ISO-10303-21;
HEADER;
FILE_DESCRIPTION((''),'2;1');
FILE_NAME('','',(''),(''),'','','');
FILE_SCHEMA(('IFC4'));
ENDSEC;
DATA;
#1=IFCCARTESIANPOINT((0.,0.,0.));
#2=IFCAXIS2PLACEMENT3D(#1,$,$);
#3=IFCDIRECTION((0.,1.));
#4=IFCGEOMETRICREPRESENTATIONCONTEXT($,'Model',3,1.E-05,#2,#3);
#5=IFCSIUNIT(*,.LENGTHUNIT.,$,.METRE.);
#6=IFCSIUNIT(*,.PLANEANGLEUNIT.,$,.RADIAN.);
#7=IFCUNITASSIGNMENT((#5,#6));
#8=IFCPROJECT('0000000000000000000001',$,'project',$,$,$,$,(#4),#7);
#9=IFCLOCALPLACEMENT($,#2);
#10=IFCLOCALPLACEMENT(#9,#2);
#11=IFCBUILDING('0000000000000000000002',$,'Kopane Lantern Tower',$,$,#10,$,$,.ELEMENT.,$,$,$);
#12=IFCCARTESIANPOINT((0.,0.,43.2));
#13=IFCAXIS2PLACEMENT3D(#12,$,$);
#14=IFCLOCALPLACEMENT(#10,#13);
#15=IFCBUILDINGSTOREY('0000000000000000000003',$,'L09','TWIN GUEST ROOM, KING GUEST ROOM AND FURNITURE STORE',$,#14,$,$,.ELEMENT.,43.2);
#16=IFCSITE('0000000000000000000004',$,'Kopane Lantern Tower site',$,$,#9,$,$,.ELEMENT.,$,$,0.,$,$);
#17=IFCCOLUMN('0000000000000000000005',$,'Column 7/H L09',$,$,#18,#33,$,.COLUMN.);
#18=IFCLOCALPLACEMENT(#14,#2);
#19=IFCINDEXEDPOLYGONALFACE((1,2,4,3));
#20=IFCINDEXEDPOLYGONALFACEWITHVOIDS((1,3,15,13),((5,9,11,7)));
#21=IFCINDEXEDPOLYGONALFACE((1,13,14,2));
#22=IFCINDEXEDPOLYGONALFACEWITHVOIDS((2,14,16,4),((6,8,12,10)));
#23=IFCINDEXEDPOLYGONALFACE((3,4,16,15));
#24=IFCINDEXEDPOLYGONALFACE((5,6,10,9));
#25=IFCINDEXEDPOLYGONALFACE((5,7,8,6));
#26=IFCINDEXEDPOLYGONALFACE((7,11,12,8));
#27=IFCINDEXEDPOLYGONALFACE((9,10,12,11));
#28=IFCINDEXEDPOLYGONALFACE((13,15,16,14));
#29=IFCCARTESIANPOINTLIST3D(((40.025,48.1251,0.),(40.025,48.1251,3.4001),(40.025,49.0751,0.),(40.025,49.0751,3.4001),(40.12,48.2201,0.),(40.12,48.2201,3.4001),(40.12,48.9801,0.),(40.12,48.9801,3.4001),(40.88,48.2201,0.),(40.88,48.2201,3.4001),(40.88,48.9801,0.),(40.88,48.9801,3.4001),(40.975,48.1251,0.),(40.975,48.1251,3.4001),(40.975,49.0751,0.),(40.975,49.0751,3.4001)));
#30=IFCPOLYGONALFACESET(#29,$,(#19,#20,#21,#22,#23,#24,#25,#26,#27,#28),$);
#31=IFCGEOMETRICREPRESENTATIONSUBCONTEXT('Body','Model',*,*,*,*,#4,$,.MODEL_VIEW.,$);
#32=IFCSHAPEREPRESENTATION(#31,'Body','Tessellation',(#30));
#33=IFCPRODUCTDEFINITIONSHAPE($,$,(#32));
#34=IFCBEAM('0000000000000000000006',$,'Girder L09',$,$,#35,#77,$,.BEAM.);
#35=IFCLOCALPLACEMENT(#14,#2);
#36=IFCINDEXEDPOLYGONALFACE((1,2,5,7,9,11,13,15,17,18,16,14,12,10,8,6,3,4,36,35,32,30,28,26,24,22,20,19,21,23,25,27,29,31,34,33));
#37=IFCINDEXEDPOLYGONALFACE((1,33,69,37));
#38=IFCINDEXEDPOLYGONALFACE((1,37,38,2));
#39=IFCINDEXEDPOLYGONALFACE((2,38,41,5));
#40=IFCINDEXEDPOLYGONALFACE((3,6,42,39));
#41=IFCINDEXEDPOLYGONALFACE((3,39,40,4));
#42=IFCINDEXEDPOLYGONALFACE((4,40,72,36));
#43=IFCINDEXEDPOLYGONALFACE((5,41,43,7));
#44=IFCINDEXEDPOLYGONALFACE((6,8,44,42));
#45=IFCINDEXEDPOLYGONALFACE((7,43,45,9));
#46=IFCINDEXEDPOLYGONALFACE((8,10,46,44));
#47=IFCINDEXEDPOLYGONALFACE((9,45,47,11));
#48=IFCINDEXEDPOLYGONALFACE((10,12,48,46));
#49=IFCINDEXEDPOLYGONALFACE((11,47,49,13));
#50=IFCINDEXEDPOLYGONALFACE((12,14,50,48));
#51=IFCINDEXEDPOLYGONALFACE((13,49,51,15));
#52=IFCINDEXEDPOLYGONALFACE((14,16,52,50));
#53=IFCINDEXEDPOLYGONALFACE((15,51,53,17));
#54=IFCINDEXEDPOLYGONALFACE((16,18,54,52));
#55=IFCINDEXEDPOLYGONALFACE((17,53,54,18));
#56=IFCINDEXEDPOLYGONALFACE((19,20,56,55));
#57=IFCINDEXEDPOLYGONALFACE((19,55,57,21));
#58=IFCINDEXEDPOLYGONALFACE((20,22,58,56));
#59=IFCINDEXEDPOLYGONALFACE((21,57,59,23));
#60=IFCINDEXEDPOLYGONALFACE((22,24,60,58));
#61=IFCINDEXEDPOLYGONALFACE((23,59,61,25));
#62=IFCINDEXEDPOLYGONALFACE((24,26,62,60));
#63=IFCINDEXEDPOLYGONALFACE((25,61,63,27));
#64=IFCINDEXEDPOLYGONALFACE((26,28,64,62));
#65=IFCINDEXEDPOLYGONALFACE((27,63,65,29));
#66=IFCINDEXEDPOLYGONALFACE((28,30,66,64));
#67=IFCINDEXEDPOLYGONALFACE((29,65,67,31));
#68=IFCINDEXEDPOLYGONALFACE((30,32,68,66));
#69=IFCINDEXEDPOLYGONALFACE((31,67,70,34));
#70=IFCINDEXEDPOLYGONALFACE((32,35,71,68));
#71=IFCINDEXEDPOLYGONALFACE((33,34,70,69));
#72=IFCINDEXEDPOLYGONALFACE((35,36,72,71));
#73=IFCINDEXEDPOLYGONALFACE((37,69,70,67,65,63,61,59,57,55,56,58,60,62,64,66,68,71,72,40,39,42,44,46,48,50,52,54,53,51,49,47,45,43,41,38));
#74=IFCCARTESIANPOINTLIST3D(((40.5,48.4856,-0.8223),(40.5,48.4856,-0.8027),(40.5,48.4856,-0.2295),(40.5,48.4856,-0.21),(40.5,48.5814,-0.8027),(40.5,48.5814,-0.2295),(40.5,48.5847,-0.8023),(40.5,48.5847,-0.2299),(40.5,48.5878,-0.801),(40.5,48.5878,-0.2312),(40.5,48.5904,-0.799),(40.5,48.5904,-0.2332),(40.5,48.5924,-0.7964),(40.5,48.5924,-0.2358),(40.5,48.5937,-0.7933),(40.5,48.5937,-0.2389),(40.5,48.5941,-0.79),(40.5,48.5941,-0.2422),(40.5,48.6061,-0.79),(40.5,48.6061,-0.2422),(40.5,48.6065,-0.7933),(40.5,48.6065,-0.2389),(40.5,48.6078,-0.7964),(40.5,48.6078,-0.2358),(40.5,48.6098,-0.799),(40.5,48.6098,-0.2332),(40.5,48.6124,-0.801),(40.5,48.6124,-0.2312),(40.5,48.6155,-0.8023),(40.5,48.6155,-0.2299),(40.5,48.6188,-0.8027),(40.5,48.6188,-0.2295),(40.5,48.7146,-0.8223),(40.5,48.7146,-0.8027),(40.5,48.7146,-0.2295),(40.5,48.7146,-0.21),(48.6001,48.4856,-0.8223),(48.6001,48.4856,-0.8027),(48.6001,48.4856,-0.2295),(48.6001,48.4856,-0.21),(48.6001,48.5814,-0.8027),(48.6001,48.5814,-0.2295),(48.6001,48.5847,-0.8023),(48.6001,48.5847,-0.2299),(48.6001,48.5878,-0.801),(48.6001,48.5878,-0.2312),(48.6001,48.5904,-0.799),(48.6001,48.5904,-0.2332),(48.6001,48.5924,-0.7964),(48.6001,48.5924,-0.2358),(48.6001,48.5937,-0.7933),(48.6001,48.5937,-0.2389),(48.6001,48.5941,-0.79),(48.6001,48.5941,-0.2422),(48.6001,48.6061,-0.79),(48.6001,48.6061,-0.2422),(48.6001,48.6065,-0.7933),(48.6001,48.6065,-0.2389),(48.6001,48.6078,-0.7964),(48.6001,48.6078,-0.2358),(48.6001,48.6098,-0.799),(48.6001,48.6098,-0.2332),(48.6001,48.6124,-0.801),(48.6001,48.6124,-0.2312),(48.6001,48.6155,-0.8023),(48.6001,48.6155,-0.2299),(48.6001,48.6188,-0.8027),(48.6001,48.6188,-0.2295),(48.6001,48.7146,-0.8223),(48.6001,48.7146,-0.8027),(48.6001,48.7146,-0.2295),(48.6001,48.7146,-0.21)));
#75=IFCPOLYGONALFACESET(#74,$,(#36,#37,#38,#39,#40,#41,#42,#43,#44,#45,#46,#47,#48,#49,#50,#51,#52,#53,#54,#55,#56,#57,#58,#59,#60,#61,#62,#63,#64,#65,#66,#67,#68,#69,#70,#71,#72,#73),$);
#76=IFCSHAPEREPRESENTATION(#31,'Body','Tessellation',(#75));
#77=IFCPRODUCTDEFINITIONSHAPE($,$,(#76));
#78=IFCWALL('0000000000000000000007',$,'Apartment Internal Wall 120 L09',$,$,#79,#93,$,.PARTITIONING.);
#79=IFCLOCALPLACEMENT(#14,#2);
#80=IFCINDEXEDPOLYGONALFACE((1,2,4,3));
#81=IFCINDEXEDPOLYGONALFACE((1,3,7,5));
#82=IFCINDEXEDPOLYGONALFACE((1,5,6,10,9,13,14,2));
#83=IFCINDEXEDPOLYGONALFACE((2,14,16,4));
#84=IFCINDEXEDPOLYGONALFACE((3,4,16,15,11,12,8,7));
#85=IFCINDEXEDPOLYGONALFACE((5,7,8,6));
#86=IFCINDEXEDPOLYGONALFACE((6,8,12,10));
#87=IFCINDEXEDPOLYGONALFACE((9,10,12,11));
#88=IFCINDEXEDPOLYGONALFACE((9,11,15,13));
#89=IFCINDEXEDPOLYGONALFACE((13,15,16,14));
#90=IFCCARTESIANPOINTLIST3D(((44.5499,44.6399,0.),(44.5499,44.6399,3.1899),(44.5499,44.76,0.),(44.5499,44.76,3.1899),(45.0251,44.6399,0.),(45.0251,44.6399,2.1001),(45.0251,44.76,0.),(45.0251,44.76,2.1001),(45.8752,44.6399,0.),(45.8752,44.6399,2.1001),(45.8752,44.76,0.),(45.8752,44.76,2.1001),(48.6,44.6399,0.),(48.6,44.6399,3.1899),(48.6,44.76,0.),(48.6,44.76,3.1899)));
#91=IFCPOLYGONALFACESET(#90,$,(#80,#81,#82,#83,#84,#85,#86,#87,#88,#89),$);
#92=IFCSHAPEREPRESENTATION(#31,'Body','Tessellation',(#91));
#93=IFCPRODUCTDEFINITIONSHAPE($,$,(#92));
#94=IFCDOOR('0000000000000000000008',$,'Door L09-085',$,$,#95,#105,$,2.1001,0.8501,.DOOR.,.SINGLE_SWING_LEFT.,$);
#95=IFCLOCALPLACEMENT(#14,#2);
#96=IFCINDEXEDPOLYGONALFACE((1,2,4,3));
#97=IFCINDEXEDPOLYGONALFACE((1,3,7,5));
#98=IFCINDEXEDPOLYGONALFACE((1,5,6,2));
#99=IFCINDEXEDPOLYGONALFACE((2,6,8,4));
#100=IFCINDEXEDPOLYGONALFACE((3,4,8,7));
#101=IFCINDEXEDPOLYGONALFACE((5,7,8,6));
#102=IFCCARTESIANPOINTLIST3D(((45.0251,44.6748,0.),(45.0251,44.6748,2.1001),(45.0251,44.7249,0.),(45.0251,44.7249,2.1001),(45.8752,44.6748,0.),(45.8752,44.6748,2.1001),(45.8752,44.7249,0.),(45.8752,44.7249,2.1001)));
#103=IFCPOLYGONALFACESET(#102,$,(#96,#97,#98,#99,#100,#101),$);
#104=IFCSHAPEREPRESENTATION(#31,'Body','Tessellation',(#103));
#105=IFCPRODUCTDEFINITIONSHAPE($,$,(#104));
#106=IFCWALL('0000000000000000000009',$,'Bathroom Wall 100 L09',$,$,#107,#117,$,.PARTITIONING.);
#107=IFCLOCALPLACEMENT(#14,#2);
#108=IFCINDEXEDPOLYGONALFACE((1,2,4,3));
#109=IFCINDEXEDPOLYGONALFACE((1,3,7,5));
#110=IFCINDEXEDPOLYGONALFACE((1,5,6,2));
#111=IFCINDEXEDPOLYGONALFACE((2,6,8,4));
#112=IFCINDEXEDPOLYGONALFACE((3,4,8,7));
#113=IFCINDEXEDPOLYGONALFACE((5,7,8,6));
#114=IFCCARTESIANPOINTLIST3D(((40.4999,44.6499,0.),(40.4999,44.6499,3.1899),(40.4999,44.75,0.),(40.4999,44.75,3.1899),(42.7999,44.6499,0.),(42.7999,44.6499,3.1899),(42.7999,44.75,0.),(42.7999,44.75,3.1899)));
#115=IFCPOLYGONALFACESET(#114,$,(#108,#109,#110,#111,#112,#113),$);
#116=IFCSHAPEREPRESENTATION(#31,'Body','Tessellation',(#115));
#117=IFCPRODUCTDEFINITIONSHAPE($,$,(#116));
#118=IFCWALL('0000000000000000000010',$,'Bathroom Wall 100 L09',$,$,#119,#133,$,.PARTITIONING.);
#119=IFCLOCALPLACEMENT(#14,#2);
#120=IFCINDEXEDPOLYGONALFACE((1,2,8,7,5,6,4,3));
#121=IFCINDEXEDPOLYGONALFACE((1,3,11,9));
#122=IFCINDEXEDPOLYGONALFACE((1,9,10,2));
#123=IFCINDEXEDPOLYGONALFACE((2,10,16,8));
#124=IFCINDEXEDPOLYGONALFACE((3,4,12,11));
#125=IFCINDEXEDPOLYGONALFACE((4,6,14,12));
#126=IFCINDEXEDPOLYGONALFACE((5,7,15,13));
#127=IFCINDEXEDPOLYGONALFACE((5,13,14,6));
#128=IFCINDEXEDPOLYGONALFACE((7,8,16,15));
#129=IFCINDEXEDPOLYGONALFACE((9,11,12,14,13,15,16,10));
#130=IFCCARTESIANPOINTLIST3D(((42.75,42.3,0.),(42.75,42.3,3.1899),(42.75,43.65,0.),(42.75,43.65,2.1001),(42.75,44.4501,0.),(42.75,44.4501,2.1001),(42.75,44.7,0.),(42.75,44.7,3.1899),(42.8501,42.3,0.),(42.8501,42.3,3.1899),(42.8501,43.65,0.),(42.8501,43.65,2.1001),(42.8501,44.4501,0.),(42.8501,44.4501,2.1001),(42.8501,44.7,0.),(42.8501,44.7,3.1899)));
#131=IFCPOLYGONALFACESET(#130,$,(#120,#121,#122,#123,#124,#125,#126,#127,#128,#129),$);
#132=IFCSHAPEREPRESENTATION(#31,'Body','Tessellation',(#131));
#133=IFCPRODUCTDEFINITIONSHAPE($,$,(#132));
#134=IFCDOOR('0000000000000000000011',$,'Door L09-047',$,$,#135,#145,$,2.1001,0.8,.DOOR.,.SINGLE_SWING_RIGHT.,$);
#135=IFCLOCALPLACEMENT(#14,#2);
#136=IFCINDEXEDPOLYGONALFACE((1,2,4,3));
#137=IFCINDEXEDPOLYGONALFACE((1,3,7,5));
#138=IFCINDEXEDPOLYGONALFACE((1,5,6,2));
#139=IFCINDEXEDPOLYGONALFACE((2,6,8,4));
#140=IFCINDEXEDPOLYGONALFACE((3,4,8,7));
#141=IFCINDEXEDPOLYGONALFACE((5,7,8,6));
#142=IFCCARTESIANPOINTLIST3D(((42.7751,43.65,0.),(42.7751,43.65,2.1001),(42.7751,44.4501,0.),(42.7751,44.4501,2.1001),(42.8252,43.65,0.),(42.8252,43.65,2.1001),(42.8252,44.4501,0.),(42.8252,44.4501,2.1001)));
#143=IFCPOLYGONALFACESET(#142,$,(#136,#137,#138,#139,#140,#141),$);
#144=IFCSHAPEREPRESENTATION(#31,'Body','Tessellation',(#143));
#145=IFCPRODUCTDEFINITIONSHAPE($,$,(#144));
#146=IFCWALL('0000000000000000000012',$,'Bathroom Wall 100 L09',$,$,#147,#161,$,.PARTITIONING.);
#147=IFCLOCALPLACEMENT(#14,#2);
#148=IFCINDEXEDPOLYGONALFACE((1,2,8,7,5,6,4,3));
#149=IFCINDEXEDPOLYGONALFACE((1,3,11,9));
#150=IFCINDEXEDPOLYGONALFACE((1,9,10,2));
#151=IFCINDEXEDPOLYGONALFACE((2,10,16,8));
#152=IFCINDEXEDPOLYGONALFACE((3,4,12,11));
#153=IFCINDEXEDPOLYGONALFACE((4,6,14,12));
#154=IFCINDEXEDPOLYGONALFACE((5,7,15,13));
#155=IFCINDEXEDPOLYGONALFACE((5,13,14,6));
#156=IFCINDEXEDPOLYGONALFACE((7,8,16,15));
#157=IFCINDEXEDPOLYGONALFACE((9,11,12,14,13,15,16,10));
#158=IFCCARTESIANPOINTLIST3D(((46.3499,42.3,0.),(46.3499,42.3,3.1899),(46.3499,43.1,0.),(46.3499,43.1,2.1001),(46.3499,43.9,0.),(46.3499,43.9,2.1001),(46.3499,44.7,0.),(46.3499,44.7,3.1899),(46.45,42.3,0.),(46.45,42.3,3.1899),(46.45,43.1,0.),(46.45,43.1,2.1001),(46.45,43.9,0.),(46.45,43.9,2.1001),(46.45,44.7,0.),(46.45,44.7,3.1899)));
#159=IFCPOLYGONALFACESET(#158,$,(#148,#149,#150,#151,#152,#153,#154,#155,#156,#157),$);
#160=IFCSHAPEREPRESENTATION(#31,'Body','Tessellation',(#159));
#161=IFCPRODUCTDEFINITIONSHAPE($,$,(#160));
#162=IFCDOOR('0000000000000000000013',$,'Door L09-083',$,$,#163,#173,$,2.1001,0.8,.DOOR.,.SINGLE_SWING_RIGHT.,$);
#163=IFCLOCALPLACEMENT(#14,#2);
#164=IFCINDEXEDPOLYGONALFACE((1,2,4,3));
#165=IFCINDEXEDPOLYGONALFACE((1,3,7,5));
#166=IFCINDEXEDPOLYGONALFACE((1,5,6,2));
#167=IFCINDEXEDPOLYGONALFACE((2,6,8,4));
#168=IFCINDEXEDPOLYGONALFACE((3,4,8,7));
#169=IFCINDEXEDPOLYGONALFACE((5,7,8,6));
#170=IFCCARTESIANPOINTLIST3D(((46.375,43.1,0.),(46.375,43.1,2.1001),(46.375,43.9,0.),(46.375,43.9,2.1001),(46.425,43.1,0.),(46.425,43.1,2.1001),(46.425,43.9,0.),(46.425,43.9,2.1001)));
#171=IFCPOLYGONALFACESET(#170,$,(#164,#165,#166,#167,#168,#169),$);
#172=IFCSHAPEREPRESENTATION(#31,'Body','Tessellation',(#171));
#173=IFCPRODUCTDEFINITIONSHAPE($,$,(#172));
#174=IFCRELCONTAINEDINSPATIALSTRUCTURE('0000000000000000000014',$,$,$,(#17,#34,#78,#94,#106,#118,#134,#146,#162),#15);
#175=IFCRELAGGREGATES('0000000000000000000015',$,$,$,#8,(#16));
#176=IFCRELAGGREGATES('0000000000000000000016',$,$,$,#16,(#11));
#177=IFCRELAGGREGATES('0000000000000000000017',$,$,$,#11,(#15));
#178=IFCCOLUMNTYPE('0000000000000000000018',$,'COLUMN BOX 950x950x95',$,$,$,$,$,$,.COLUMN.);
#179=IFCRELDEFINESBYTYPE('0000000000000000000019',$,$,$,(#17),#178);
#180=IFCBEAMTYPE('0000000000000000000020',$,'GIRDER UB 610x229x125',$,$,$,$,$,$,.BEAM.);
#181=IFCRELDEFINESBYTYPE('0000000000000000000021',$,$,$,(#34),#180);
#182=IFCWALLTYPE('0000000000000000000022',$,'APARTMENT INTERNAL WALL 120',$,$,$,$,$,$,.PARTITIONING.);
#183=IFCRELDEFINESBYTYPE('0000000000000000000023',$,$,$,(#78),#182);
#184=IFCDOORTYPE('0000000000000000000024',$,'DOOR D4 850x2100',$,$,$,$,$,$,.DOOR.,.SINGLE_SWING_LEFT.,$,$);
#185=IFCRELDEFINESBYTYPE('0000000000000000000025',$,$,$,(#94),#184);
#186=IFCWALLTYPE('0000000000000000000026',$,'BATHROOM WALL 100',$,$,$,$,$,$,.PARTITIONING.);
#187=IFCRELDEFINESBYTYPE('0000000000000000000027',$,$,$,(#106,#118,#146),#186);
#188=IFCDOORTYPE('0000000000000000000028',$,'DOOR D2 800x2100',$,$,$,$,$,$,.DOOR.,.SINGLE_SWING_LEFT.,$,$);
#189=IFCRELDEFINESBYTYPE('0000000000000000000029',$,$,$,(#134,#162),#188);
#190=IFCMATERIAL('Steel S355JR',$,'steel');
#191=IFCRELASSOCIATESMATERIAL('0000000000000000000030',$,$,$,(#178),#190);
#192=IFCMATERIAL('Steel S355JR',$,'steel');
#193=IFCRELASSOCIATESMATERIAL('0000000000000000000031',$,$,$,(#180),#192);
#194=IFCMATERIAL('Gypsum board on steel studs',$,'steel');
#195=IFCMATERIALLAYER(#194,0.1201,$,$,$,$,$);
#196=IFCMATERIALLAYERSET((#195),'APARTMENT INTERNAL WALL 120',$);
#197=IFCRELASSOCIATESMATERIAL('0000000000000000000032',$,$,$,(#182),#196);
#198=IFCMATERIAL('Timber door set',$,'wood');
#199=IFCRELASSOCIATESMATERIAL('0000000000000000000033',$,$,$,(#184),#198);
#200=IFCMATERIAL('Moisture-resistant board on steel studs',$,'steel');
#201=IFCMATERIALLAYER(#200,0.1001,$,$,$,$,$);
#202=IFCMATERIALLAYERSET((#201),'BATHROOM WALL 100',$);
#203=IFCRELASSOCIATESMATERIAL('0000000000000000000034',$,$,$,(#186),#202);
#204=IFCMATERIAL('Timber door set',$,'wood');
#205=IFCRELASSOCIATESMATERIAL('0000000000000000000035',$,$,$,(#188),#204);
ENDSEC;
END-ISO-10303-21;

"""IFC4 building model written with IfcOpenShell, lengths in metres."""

from ifc_helpers import new_model, si_unit, direction, frame, frame_2d, origin, origin_2d, place, context, subcontext, project, spatial, rectangle, hollow_rectangle, i_section, extrude, material, layer, layer_set, material_profile, profile_set, type_object, element, fill, save


model = new_model("IFC4")

# Units and contexts
model_context = context("Model", 3, precision=1e-05, world=origin(), true_north=direction((0.0, 1.0)))
body_context = subcontext(model_context, "Body", "Model", "MODEL_VIEW")
ifc_project = project(units=[si_unit("LENGTHUNIT", "METRE"), si_unit("PLANEANGLEUNIT", "RADIAN")], contexts=[model_context])

# Site, building, storey
site_placement = place(None, origin())
site = spatial("IfcSite", under=ifc_project, at=site_placement, Name="Kopane Lantern Tower site", CompositionType="ELEMENT", RefElevation=0.0)
building_placement = place(site_placement, origin())
building = spatial("IfcBuilding", under=site, at=building_placement, Name="Kopane Lantern Tower", CompositionType="ELEMENT")
storey_placement = place(building_placement, frame((0.0, 0.0, 43.2)))
storey = spatial("IfcBuildingStorey", under=building, at=storey_placement, Name="L09", Description="TWIN GUEST ROOM, KING GUEST ROOM AND FURNITURE STORE", CompositionType="ELEMENT", Elevation=43.2)

# Column
ifc_material_1 = material(Name="Steel S355JR", Category="steel")
ifc_material_profile_1 = material_profile(ifc_material_1, hollow_rectangle(XDim=0.95, YDim=0.95, WallThickness=0.095, at=origin_2d()), Name="BOX 950x950x95")
ifc_profile_set_1 = profile_set([ifc_material_profile_1], Name="Steel S355JR")
column_type = type_object("IfcColumnType", Name="COLUMN BOX 950x950x95", PredefinedType="COLUMN", material=ifc_profile_set_1)
column_placement = place(storey_placement, frame((40.5, 48.6001, 0.0), z_axis=(0.0, 0.0, 1.0), x_axis=(1.0, 0.0, 0.0)))
element("IfcColumn", 1, at=column_placement, inside=storey, type_object=column_type, Name="Column 7/H L09", PredefinedType="COLUMN", context=body_context, shape_type="SweptSolid", body=[
    extrude(hollow_rectangle(XDim=0.95, YDim=0.95, WallThickness=0.095, at=origin_2d()), origin(), (0.0, 0.0, 1.0), 3.4001),
])

# Beam
ifc_material_2 = material(Name="Steel S355JR", Category="steel")
ifc_material_profile_2 = material_profile(ifc_material_2, i_section(OverallWidth=0.229, OverallDepth=0.6123, WebThickness=0.012, FlangeThickness=0.0195, FilletRadius=0.0127, at=origin_2d()), Name="UB 610x229x125")
ifc_profile_set_2 = profile_set([ifc_material_profile_2], Name="Steel S355JR")
beam_type = type_object("IfcBeamType", Name="GIRDER UB 610x229x125", PredefinedType="BEAM", material=ifc_profile_set_2)
beam_placement = place(storey_placement, frame((40.5, 48.6001, -0.5161), z_axis=(1.0, 0.0, 0.0), x_axis=(0.0, 1.0, 0.0)))
element("IfcBeam", 2, at=beam_placement, inside=storey, type_object=beam_type, Name="Girder L09", PredefinedType="BEAM", context=body_context, shape_type="SweptSolid", body=[
    extrude(i_section(OverallWidth=0.229, OverallDepth=0.6123, WebThickness=0.012, FlangeThickness=0.0195, FilletRadius=0.0127, at=origin_2d()), origin(), (0.0, 0.0, 1.0), 8.1001),
])

# Wall, opening, door
ifc_material_3 = material(Name="Gypsum board on steel studs", Category="steel")
ifc_layer_1 = layer(ifc_material_3, 0.1201)
ifc_layer_set_1 = layer_set([ifc_layer_1], Name="APARTMENT INTERNAL WALL 120")
wall_type_1 = type_object("IfcWallType", Name="APARTMENT INTERNAL WALL 120", PredefinedType="PARTITIONING", material=ifc_layer_set_1)
wall_1_placement = place(storey_placement, frame((44.55, 44.7, 0.0), z_axis=(0.0, 0.0, 1.0), x_axis=(1.0, 0.0, 0.0)))
wall_1 = element("IfcWall", 3, at=wall_1_placement, inside=storey, type_object=wall_type_1, Name="Apartment Internal Wall 120 L09", PredefinedType="PARTITIONING", context=body_context, shape_type="SweptSolid", body=[
    extrude(rectangle(XDim=4.05, YDim=0.1201, at=frame_2d((2.0249, 0.0))), origin(), (0.0, 0.0, 1.0), 3.1899),
])
opening_1_placement = place(wall_1_placement, frame((0.4751, 0.0, 0.0)))
opening_1 = element("IfcOpeningElement", 4, at=opening_1_placement, cuts=wall_1, PredefinedType="OPENING", context=body_context, shape_type="SweptSolid", body=[
    extrude(rectangle(XDim=0.8501, YDim=2.1001, at=frame_2d((0.425, 1.05))), frame((0.0, 0.0701, 0.0), z_axis=(0.0, -1.0, 0.0), x_axis=(1.0, 0.0, 0.0)), (0.0, 0.0, 1.0), 0.1401),
])
ifc_material_4 = material(Name="Timber door set", Category="wood")
door_type_1 = type_object("IfcDoorType", Name="DOOR D4 850x2100", OperationType="SINGLE_SWING_LEFT", PredefinedType="DOOR", material=ifc_material_4)
door_1_placement = place(opening_1_placement, origin())
door_1 = element("IfcDoor", 5, at=door_1_placement, inside=storey, type_object=door_type_1, Name="Door L09-085", OperationType="SINGLE_SWING_LEFT", OverallHeight=2.1001, OverallWidth=0.8501, PredefinedType="DOOR", context=body_context, shape_type="SweptSolid", body=[
    extrude(rectangle(XDim=0.8501, YDim=2.1001, at=frame_2d((0.425, 1.05))), frame((0.0, 0.0249, 0.0), z_axis=(0.0, -1.0, 0.0), x_axis=(1.0, 0.0, 0.0)), (0.0, 0.0, 1.0), 0.05),
])
fill(opening_1, door_1)

# Wall
ifc_material_5 = material(Name="Moisture-resistant board on steel studs", Category="steel")
ifc_layer_2 = layer(ifc_material_5, 0.1001)
ifc_layer_set_2 = layer_set([ifc_layer_2], Name="BATHROOM WALL 100")
wall_type_2 = type_object("IfcWallType", Name="BATHROOM WALL 100", PredefinedType="PARTITIONING", material=ifc_layer_set_2)
wall_2_placement = place(storey_placement, frame((40.5, 44.7, 0.0), z_axis=(0.0, 0.0, 1.0), x_axis=(1.0, 0.0, 0.0)))
element("IfcWall", 6, at=wall_2_placement, inside=storey, type_object=wall_type_2, Name="Bathroom Wall 100 L09", PredefinedType="PARTITIONING", context=body_context, shape_type="SweptSolid", body=[
    extrude(rectangle(XDim=2.3, YDim=0.1001, at=frame_2d((1.1499, 0.0))), origin(), (0.0, 0.0, 1.0), 3.1899),
])

# Walls, openings, doors
wall_3_placement = place(storey_placement, frame((42.8, 42.3, 0.0), z_axis=(0.0, 0.0, 1.0), x_axis=(0.0, 1.0, 0.0)))
wall_3 = element("IfcWall", 7, at=wall_3_placement, inside=storey, type_object=wall_type_2, Name="Bathroom Wall 100 L09", PredefinedType="PARTITIONING", context=body_context, shape_type="SweptSolid", body=[
    extrude(rectangle(XDim=2.3999, YDim=0.1001, at=frame_2d((1.2, 0.0))), origin(), (0.0, 0.0, 1.0), 3.1899),
])
opening_2_placement = place(wall_3_placement, frame((1.3501, 0.0, 0.0)))
opening_2 = element("IfcOpeningElement", 8, at=opening_2_placement, cuts=wall_3, PredefinedType="OPENING", context=body_context, shape_type="SweptSolid", body=[
    extrude(rectangle(XDim=0.8, YDim=2.1001, at=frame_2d((0.3999, 1.05))), frame((0.0, 0.0601, 0.0), z_axis=(0.0, -1.0, 0.0), x_axis=(1.0, 0.0, 0.0)), (0.0, 0.0, 1.0), 0.1201),
])
ifc_material_6 = material(Name="Timber door set", Category="wood")
door_type_2 = type_object("IfcDoorType", Name="DOOR D2 800x2100", OperationType="SINGLE_SWING_LEFT", PredefinedType="DOOR", material=ifc_material_6)
door_2_placement = place(opening_2_placement, origin())
door_2 = element("IfcDoor", 9, at=door_2_placement, inside=storey, type_object=door_type_2, Name="Door L09-047", OperationType="SINGLE_SWING_RIGHT", OverallHeight=2.1001, OverallWidth=0.8, PredefinedType="DOOR", context=body_context, shape_type="SweptSolid", body=[
    extrude(rectangle(XDim=0.8, YDim=2.1001, at=frame_2d((0.3999, 1.05))), frame((0.0, 0.0249, 0.0), z_axis=(0.0, -1.0, 0.0), x_axis=(1.0, 0.0, 0.0)), (0.0, 0.0, 1.0), 0.05),
])
fill(opening_2, door_2)
wall_4_placement = place(storey_placement, frame((46.3999, 42.3, 0.0), z_axis=(0.0, 0.0, 1.0), x_axis=(0.0, 1.0, 0.0)))
wall_4 = element("IfcWall", 10, at=wall_4_placement, inside=storey, type_object=wall_type_2, Name="Bathroom Wall 100 L09", PredefinedType="PARTITIONING", context=body_context, shape_type="SweptSolid", body=[
    extrude(rectangle(XDim=2.3999, YDim=0.1001, at=frame_2d((1.2, 0.0))), origin(), (0.0, 0.0, 1.0), 3.1899),
])
opening_3_placement = place(wall_4_placement, frame((0.8, 0.0, 0.0)))
opening_3 = element("IfcOpeningElement", 11, at=opening_3_placement, cuts=wall_4, PredefinedType="OPENING", context=body_context, shape_type="SweptSolid", body=[
    extrude(rectangle(XDim=0.8, YDim=2.1001, at=frame_2d((0.3999, 1.05))), frame((0.0, 0.0601, 0.0), z_axis=(0.0, -1.0, 0.0), x_axis=(1.0, 0.0, 0.0)), (0.0, 0.0, 1.0), 0.1201),
])
door_3_placement = place(opening_3_placement, origin())
door_3 = element("IfcDoor", 12, at=door_3_placement, inside=storey, type_object=door_type_2, Name="Door L09-083", OperationType="SINGLE_SWING_RIGHT", OverallHeight=2.1001, OverallWidth=0.8, PredefinedType="DOOR", context=body_context, shape_type="SweptSolid", body=[
    extrude(rectangle(XDim=0.8, YDim=2.1001, at=frame_2d((0.3999, 1.05))), frame((0.0, 0.0249, 0.0), z_axis=(0.0, -1.0, 0.0), x_axis=(1.0, 0.0, 0.0)), (0.0, 0.0, 1.0), 0.05),
])
fill(opening_3, door_3)

save(model, "model.ifc")
